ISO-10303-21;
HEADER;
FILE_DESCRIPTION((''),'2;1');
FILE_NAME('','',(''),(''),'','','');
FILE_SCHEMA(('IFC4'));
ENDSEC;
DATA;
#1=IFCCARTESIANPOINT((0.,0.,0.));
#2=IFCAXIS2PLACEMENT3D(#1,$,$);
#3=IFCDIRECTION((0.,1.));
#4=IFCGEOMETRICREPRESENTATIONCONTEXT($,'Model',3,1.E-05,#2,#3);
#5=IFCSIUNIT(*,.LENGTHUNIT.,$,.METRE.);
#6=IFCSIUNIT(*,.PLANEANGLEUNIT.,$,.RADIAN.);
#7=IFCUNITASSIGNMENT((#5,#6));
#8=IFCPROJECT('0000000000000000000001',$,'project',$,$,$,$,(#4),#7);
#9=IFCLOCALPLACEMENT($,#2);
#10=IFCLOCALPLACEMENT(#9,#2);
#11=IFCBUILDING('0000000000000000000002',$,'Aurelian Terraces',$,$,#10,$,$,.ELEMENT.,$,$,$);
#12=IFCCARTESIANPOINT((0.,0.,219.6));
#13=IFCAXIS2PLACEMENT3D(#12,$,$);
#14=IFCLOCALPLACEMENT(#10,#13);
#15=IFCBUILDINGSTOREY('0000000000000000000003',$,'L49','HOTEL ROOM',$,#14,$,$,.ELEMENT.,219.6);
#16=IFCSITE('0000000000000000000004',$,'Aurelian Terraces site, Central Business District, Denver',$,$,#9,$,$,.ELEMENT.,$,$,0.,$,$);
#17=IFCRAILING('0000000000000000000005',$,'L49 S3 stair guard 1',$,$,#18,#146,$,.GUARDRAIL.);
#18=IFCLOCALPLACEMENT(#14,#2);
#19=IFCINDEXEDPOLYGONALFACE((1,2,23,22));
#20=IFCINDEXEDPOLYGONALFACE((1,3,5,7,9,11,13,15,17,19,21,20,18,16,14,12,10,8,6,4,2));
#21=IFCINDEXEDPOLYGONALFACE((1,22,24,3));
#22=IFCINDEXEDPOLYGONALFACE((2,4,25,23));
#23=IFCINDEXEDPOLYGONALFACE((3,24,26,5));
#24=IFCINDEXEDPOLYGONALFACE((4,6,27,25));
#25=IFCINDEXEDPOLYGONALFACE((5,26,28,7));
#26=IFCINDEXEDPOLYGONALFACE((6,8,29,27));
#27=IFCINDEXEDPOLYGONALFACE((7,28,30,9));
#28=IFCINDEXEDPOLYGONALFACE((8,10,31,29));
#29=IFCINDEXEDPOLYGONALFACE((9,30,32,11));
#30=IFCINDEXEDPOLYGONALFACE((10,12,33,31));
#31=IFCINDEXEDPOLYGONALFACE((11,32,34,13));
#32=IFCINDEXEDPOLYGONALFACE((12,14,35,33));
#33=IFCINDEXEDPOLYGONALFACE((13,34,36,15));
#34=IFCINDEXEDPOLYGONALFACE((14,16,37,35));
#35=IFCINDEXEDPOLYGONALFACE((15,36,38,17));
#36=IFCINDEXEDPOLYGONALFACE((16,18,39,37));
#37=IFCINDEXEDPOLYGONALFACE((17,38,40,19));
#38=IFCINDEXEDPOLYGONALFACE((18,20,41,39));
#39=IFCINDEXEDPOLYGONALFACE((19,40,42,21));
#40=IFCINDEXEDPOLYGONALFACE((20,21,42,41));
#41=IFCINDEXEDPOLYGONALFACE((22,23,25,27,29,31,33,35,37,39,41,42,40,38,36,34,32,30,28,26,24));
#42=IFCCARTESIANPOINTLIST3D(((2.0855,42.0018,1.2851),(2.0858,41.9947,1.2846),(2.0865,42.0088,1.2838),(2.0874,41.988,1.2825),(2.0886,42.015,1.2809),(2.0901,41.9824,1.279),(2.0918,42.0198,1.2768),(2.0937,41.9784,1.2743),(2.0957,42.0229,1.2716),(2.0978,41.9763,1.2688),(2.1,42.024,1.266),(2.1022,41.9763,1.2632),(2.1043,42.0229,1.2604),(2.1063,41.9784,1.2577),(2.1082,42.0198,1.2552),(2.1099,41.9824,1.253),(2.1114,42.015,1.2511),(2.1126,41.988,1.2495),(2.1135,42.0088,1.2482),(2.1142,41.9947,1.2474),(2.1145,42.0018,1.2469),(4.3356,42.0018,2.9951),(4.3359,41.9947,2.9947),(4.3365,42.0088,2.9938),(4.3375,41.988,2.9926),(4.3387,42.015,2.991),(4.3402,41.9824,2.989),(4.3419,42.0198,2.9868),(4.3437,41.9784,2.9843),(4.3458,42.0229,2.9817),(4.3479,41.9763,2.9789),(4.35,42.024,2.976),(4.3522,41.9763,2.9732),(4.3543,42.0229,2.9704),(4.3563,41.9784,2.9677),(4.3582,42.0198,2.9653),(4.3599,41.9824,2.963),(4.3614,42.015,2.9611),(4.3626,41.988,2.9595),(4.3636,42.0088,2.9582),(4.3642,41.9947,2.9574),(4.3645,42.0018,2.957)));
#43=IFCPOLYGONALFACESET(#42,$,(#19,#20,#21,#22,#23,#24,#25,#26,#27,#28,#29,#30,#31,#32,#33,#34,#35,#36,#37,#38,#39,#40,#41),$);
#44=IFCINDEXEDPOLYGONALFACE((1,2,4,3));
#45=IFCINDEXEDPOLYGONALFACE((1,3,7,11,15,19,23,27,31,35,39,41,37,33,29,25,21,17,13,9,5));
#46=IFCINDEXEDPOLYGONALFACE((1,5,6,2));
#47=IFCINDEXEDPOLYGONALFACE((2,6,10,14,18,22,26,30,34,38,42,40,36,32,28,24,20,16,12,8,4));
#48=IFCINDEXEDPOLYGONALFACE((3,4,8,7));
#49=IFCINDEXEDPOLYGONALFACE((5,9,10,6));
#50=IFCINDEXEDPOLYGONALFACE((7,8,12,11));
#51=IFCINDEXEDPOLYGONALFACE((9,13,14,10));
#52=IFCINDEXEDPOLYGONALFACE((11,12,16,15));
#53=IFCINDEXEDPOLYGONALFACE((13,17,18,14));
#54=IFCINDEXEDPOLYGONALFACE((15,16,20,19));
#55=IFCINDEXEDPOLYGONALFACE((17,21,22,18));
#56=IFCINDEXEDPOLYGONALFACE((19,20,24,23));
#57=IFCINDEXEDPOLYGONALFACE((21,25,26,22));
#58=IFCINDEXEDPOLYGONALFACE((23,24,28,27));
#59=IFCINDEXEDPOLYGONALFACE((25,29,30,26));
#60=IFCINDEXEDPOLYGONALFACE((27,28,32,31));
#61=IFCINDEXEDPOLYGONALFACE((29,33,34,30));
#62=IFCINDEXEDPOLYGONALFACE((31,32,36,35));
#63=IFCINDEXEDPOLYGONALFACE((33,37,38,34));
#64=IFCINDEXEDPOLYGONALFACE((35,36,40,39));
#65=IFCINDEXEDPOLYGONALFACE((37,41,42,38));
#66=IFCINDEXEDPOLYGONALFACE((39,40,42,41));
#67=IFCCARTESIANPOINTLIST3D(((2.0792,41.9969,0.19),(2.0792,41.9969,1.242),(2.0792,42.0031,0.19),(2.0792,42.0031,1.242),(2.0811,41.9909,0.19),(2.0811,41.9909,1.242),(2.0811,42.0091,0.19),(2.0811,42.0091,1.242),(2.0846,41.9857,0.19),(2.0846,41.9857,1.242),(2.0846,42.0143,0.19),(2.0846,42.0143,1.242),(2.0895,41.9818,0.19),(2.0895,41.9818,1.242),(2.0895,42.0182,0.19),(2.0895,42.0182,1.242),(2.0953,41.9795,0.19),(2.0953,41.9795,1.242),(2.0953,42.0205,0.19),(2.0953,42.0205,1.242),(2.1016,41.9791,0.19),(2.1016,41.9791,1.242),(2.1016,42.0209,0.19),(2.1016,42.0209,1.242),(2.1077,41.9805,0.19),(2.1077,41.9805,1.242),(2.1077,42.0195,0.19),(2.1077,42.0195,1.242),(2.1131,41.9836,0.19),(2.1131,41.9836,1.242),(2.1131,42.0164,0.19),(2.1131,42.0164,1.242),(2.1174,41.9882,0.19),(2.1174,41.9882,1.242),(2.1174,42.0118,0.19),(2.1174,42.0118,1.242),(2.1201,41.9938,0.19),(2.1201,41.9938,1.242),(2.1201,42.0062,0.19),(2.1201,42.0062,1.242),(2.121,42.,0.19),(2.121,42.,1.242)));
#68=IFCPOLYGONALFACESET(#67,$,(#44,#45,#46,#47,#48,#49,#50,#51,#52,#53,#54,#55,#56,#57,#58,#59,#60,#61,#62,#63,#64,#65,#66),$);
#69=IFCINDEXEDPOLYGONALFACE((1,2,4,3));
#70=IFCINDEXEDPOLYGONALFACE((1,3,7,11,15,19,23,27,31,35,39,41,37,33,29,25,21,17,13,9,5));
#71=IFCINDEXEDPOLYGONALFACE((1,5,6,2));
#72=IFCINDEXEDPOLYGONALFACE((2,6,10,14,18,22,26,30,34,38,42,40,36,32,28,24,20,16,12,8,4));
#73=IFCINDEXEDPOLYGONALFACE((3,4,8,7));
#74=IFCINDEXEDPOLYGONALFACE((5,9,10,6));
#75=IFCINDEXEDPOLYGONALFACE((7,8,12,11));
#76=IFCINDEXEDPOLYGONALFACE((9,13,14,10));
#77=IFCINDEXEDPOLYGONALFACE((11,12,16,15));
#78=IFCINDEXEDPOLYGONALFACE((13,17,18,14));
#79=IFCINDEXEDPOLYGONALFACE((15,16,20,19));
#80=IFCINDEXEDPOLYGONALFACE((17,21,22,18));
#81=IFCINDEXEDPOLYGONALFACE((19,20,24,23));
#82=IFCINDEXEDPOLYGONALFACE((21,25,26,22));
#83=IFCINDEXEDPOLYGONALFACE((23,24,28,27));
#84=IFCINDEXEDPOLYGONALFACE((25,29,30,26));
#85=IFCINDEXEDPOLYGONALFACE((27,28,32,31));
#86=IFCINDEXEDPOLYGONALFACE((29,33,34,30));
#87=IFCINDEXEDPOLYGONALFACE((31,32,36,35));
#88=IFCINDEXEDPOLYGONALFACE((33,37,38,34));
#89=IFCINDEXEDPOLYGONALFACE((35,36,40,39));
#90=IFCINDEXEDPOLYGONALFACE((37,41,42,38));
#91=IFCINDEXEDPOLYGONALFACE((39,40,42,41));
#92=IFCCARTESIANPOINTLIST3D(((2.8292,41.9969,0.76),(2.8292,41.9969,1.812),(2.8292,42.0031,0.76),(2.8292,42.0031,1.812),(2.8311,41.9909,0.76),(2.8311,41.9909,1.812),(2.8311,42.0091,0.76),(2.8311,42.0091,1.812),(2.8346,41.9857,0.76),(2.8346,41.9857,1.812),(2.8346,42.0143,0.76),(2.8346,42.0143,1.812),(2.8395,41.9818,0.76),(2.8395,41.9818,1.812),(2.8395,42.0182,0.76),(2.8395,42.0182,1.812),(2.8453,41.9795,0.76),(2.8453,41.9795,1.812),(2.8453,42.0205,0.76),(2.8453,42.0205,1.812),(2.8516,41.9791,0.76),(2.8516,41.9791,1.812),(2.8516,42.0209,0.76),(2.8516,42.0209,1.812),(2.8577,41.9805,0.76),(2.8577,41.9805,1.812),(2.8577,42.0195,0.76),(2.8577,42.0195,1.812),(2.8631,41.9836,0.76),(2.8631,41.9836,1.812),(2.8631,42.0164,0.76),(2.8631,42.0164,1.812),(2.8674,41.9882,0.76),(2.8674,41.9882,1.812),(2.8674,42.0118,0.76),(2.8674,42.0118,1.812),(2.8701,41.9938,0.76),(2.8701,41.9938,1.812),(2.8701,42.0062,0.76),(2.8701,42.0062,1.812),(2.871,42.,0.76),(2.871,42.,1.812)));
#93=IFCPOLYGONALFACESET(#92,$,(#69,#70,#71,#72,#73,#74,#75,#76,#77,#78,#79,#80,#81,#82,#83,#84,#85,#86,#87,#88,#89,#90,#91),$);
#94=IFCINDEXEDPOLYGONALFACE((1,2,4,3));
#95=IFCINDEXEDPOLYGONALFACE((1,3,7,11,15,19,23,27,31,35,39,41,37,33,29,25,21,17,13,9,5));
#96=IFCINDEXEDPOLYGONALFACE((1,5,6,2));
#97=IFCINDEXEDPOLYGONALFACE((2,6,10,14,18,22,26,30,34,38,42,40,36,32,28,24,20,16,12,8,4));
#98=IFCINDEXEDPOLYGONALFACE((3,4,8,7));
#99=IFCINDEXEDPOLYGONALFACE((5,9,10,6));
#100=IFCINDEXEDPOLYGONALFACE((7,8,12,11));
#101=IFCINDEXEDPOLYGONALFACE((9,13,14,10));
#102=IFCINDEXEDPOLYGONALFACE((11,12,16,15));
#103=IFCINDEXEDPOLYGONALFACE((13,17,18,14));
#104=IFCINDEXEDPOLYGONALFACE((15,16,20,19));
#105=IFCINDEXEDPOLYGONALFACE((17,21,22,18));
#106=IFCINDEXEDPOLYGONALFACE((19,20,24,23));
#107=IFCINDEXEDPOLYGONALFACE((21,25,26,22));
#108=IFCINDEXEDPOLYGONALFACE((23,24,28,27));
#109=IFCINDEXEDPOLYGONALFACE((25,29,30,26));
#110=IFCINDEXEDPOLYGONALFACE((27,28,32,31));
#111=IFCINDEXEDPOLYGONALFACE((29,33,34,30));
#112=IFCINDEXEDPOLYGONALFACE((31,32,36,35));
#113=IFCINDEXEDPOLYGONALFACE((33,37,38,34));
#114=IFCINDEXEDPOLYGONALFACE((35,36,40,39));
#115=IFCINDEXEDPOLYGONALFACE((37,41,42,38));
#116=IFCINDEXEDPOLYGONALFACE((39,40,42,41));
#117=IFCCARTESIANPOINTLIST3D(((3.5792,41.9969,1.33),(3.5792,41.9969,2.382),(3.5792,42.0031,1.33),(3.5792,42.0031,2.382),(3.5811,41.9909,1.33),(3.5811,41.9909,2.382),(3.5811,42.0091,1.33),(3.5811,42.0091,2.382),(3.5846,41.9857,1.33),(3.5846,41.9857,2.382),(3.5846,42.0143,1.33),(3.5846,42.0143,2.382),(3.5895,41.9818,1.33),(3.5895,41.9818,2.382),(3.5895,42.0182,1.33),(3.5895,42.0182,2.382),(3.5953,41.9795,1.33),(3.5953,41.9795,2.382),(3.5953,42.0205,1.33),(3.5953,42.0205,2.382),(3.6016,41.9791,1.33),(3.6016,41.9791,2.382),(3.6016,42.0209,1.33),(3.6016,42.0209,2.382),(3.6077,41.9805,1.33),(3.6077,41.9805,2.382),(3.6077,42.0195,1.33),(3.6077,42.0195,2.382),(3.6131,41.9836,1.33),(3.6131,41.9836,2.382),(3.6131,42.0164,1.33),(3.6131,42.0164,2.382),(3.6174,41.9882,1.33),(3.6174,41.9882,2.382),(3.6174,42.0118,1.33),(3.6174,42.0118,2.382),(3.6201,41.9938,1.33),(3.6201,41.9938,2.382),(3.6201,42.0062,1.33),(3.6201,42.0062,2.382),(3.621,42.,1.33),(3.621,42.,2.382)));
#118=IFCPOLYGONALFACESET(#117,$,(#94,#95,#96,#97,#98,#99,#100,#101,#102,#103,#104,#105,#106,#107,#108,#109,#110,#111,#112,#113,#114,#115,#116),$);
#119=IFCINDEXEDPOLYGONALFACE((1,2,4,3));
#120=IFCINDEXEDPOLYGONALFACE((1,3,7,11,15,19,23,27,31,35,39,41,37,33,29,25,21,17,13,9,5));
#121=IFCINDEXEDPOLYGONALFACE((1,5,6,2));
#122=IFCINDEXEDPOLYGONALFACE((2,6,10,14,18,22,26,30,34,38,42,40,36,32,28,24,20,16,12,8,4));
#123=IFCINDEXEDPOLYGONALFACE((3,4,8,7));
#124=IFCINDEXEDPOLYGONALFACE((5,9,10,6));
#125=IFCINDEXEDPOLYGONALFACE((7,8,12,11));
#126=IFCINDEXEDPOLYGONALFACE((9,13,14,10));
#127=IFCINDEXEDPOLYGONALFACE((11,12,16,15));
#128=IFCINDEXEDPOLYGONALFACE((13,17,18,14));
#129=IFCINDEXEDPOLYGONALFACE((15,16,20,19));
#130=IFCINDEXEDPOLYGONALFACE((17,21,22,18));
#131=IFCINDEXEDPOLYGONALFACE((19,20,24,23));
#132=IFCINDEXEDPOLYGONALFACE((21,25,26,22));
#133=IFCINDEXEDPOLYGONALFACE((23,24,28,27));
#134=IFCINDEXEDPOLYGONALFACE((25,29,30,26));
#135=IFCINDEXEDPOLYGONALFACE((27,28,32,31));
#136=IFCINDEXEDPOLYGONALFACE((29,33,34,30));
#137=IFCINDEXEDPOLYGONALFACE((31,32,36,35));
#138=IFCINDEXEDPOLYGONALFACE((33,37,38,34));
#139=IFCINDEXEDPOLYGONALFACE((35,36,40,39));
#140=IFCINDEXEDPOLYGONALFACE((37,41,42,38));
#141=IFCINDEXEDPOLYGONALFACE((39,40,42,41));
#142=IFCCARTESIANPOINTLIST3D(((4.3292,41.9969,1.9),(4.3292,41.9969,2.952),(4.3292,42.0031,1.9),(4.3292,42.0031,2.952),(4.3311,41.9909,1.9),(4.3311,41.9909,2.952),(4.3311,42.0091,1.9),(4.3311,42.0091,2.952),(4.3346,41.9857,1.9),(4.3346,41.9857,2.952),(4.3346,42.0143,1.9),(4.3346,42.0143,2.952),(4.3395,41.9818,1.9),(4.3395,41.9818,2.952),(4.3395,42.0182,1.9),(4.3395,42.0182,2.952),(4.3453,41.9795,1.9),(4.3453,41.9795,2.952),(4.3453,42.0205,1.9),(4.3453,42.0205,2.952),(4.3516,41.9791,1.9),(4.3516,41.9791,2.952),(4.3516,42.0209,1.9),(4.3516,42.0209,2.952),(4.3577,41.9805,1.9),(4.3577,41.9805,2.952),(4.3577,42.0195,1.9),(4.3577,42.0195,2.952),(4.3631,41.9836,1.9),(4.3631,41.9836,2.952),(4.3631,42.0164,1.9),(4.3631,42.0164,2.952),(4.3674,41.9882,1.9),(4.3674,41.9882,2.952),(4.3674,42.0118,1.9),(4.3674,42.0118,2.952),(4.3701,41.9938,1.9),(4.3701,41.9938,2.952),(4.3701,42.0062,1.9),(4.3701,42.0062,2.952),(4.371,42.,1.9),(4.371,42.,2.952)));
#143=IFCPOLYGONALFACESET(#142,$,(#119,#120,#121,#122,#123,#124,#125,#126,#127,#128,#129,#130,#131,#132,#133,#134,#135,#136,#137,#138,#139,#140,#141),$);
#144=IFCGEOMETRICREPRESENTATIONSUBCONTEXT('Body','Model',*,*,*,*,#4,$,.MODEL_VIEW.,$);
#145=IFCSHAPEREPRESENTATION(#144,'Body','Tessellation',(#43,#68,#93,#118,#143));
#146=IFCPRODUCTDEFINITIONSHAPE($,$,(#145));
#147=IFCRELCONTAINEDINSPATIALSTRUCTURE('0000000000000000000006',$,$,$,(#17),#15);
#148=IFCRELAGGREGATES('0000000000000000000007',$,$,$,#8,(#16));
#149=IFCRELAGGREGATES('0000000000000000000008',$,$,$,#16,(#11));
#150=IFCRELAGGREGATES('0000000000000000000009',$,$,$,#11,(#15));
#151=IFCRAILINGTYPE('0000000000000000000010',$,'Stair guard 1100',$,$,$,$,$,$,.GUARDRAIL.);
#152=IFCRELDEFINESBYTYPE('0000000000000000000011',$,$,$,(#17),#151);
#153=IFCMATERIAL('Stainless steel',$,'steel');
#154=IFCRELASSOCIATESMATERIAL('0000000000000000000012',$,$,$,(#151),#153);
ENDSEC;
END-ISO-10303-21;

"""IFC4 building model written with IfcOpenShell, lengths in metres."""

from ifc_helpers import new_model, si_unit, direction, frame, origin, origin_2d, place, context, subcontext, project, spatial, circle, extrude, source, transform, mapped, material, type_object, element, save


model = new_model("IFC4")

# Units and contexts
model_context = context("Model", 3, precision=1e-05, world=origin(), true_north=direction((0.0, 1.0)))
body_context = subcontext(model_context, "Body", "Model", "MODEL_VIEW")
ifc_project = project(units=[si_unit("LENGTHUNIT", "METRE"), si_unit("PLANEANGLEUNIT", "RADIAN")], contexts=[model_context])

# Site, building, storey
site_placement = place(None, origin())
site = spatial("IfcSite", under=ifc_project, at=site_placement, Name="Aurelian Terraces site, Central Business District, Denver", CompositionType="ELEMENT", RefElevation=0.0)
building_placement = place(site_placement, origin())
building = spatial("IfcBuilding", under=site, at=building_placement, Name="Aurelian Terraces", CompositionType="ELEMENT")
storey_placement = place(building_placement, frame((0.0, 0.0, 219.6)))
storey = spatial("IfcBuildingStorey", under=building, at=storey_placement, Name="L49", Description="HOTEL ROOM", CompositionType="ELEMENT", Elevation=219.6)

# Railing
ifc_material_1 = material(Name="Stainless steel", Category="steel")
railing_type_1 = type_object("IfcRailingType", Name="Stair guard 1100", PredefinedType="GUARDRAIL", material=ifc_material_1)
shared_shape_1 = source(origin(), body_context, "Body", "SweptSolid", [
    extrude(circle(Radius=0.024, at=origin_2d()), frame((0.0, 0.0, 1.076), z_axis=(0.796162, 0.0, 0.605083), x_axis=(0.0, 1.0, 0.0)), (0.0, 0.0, 1.0), 2.8261),
    extrude(circle(Radius=0.021, at=origin_2d()), origin(), (0.0, 0.0, 1.0), 1.052),
    extrude(circle(Radius=0.021, at=origin_2d()), frame((0.75, 0.0, 0.57)), (0.0, 0.0, 1.0), 1.052),
    extrude(circle(Radius=0.021, at=origin_2d()), frame((1.5, 0.0, 1.14)), (0.0, 0.0, 1.0), 1.052),
    extrude(circle(Radius=0.021, at=origin_2d()), frame((2.25, 0.0, 1.71)), (0.0, 0.0, 1.0), 1.052),
])
railing_1_placement = place(storey_placement, frame((2.1, 42.0, 0.19)))
element("IfcRailing", 1, at=railing_1_placement, inside=storey, type_object=railing_type_1, Name="L49 S3 stair guard 1", PredefinedType="GUARDRAIL", context=body_context, shape_type="MappedRepresentation", body=[
    mapped(shared_shape_1, transform((0.0, 0.0, 0.0), scale=1.0)),
])

save(model, "model.ifc")
